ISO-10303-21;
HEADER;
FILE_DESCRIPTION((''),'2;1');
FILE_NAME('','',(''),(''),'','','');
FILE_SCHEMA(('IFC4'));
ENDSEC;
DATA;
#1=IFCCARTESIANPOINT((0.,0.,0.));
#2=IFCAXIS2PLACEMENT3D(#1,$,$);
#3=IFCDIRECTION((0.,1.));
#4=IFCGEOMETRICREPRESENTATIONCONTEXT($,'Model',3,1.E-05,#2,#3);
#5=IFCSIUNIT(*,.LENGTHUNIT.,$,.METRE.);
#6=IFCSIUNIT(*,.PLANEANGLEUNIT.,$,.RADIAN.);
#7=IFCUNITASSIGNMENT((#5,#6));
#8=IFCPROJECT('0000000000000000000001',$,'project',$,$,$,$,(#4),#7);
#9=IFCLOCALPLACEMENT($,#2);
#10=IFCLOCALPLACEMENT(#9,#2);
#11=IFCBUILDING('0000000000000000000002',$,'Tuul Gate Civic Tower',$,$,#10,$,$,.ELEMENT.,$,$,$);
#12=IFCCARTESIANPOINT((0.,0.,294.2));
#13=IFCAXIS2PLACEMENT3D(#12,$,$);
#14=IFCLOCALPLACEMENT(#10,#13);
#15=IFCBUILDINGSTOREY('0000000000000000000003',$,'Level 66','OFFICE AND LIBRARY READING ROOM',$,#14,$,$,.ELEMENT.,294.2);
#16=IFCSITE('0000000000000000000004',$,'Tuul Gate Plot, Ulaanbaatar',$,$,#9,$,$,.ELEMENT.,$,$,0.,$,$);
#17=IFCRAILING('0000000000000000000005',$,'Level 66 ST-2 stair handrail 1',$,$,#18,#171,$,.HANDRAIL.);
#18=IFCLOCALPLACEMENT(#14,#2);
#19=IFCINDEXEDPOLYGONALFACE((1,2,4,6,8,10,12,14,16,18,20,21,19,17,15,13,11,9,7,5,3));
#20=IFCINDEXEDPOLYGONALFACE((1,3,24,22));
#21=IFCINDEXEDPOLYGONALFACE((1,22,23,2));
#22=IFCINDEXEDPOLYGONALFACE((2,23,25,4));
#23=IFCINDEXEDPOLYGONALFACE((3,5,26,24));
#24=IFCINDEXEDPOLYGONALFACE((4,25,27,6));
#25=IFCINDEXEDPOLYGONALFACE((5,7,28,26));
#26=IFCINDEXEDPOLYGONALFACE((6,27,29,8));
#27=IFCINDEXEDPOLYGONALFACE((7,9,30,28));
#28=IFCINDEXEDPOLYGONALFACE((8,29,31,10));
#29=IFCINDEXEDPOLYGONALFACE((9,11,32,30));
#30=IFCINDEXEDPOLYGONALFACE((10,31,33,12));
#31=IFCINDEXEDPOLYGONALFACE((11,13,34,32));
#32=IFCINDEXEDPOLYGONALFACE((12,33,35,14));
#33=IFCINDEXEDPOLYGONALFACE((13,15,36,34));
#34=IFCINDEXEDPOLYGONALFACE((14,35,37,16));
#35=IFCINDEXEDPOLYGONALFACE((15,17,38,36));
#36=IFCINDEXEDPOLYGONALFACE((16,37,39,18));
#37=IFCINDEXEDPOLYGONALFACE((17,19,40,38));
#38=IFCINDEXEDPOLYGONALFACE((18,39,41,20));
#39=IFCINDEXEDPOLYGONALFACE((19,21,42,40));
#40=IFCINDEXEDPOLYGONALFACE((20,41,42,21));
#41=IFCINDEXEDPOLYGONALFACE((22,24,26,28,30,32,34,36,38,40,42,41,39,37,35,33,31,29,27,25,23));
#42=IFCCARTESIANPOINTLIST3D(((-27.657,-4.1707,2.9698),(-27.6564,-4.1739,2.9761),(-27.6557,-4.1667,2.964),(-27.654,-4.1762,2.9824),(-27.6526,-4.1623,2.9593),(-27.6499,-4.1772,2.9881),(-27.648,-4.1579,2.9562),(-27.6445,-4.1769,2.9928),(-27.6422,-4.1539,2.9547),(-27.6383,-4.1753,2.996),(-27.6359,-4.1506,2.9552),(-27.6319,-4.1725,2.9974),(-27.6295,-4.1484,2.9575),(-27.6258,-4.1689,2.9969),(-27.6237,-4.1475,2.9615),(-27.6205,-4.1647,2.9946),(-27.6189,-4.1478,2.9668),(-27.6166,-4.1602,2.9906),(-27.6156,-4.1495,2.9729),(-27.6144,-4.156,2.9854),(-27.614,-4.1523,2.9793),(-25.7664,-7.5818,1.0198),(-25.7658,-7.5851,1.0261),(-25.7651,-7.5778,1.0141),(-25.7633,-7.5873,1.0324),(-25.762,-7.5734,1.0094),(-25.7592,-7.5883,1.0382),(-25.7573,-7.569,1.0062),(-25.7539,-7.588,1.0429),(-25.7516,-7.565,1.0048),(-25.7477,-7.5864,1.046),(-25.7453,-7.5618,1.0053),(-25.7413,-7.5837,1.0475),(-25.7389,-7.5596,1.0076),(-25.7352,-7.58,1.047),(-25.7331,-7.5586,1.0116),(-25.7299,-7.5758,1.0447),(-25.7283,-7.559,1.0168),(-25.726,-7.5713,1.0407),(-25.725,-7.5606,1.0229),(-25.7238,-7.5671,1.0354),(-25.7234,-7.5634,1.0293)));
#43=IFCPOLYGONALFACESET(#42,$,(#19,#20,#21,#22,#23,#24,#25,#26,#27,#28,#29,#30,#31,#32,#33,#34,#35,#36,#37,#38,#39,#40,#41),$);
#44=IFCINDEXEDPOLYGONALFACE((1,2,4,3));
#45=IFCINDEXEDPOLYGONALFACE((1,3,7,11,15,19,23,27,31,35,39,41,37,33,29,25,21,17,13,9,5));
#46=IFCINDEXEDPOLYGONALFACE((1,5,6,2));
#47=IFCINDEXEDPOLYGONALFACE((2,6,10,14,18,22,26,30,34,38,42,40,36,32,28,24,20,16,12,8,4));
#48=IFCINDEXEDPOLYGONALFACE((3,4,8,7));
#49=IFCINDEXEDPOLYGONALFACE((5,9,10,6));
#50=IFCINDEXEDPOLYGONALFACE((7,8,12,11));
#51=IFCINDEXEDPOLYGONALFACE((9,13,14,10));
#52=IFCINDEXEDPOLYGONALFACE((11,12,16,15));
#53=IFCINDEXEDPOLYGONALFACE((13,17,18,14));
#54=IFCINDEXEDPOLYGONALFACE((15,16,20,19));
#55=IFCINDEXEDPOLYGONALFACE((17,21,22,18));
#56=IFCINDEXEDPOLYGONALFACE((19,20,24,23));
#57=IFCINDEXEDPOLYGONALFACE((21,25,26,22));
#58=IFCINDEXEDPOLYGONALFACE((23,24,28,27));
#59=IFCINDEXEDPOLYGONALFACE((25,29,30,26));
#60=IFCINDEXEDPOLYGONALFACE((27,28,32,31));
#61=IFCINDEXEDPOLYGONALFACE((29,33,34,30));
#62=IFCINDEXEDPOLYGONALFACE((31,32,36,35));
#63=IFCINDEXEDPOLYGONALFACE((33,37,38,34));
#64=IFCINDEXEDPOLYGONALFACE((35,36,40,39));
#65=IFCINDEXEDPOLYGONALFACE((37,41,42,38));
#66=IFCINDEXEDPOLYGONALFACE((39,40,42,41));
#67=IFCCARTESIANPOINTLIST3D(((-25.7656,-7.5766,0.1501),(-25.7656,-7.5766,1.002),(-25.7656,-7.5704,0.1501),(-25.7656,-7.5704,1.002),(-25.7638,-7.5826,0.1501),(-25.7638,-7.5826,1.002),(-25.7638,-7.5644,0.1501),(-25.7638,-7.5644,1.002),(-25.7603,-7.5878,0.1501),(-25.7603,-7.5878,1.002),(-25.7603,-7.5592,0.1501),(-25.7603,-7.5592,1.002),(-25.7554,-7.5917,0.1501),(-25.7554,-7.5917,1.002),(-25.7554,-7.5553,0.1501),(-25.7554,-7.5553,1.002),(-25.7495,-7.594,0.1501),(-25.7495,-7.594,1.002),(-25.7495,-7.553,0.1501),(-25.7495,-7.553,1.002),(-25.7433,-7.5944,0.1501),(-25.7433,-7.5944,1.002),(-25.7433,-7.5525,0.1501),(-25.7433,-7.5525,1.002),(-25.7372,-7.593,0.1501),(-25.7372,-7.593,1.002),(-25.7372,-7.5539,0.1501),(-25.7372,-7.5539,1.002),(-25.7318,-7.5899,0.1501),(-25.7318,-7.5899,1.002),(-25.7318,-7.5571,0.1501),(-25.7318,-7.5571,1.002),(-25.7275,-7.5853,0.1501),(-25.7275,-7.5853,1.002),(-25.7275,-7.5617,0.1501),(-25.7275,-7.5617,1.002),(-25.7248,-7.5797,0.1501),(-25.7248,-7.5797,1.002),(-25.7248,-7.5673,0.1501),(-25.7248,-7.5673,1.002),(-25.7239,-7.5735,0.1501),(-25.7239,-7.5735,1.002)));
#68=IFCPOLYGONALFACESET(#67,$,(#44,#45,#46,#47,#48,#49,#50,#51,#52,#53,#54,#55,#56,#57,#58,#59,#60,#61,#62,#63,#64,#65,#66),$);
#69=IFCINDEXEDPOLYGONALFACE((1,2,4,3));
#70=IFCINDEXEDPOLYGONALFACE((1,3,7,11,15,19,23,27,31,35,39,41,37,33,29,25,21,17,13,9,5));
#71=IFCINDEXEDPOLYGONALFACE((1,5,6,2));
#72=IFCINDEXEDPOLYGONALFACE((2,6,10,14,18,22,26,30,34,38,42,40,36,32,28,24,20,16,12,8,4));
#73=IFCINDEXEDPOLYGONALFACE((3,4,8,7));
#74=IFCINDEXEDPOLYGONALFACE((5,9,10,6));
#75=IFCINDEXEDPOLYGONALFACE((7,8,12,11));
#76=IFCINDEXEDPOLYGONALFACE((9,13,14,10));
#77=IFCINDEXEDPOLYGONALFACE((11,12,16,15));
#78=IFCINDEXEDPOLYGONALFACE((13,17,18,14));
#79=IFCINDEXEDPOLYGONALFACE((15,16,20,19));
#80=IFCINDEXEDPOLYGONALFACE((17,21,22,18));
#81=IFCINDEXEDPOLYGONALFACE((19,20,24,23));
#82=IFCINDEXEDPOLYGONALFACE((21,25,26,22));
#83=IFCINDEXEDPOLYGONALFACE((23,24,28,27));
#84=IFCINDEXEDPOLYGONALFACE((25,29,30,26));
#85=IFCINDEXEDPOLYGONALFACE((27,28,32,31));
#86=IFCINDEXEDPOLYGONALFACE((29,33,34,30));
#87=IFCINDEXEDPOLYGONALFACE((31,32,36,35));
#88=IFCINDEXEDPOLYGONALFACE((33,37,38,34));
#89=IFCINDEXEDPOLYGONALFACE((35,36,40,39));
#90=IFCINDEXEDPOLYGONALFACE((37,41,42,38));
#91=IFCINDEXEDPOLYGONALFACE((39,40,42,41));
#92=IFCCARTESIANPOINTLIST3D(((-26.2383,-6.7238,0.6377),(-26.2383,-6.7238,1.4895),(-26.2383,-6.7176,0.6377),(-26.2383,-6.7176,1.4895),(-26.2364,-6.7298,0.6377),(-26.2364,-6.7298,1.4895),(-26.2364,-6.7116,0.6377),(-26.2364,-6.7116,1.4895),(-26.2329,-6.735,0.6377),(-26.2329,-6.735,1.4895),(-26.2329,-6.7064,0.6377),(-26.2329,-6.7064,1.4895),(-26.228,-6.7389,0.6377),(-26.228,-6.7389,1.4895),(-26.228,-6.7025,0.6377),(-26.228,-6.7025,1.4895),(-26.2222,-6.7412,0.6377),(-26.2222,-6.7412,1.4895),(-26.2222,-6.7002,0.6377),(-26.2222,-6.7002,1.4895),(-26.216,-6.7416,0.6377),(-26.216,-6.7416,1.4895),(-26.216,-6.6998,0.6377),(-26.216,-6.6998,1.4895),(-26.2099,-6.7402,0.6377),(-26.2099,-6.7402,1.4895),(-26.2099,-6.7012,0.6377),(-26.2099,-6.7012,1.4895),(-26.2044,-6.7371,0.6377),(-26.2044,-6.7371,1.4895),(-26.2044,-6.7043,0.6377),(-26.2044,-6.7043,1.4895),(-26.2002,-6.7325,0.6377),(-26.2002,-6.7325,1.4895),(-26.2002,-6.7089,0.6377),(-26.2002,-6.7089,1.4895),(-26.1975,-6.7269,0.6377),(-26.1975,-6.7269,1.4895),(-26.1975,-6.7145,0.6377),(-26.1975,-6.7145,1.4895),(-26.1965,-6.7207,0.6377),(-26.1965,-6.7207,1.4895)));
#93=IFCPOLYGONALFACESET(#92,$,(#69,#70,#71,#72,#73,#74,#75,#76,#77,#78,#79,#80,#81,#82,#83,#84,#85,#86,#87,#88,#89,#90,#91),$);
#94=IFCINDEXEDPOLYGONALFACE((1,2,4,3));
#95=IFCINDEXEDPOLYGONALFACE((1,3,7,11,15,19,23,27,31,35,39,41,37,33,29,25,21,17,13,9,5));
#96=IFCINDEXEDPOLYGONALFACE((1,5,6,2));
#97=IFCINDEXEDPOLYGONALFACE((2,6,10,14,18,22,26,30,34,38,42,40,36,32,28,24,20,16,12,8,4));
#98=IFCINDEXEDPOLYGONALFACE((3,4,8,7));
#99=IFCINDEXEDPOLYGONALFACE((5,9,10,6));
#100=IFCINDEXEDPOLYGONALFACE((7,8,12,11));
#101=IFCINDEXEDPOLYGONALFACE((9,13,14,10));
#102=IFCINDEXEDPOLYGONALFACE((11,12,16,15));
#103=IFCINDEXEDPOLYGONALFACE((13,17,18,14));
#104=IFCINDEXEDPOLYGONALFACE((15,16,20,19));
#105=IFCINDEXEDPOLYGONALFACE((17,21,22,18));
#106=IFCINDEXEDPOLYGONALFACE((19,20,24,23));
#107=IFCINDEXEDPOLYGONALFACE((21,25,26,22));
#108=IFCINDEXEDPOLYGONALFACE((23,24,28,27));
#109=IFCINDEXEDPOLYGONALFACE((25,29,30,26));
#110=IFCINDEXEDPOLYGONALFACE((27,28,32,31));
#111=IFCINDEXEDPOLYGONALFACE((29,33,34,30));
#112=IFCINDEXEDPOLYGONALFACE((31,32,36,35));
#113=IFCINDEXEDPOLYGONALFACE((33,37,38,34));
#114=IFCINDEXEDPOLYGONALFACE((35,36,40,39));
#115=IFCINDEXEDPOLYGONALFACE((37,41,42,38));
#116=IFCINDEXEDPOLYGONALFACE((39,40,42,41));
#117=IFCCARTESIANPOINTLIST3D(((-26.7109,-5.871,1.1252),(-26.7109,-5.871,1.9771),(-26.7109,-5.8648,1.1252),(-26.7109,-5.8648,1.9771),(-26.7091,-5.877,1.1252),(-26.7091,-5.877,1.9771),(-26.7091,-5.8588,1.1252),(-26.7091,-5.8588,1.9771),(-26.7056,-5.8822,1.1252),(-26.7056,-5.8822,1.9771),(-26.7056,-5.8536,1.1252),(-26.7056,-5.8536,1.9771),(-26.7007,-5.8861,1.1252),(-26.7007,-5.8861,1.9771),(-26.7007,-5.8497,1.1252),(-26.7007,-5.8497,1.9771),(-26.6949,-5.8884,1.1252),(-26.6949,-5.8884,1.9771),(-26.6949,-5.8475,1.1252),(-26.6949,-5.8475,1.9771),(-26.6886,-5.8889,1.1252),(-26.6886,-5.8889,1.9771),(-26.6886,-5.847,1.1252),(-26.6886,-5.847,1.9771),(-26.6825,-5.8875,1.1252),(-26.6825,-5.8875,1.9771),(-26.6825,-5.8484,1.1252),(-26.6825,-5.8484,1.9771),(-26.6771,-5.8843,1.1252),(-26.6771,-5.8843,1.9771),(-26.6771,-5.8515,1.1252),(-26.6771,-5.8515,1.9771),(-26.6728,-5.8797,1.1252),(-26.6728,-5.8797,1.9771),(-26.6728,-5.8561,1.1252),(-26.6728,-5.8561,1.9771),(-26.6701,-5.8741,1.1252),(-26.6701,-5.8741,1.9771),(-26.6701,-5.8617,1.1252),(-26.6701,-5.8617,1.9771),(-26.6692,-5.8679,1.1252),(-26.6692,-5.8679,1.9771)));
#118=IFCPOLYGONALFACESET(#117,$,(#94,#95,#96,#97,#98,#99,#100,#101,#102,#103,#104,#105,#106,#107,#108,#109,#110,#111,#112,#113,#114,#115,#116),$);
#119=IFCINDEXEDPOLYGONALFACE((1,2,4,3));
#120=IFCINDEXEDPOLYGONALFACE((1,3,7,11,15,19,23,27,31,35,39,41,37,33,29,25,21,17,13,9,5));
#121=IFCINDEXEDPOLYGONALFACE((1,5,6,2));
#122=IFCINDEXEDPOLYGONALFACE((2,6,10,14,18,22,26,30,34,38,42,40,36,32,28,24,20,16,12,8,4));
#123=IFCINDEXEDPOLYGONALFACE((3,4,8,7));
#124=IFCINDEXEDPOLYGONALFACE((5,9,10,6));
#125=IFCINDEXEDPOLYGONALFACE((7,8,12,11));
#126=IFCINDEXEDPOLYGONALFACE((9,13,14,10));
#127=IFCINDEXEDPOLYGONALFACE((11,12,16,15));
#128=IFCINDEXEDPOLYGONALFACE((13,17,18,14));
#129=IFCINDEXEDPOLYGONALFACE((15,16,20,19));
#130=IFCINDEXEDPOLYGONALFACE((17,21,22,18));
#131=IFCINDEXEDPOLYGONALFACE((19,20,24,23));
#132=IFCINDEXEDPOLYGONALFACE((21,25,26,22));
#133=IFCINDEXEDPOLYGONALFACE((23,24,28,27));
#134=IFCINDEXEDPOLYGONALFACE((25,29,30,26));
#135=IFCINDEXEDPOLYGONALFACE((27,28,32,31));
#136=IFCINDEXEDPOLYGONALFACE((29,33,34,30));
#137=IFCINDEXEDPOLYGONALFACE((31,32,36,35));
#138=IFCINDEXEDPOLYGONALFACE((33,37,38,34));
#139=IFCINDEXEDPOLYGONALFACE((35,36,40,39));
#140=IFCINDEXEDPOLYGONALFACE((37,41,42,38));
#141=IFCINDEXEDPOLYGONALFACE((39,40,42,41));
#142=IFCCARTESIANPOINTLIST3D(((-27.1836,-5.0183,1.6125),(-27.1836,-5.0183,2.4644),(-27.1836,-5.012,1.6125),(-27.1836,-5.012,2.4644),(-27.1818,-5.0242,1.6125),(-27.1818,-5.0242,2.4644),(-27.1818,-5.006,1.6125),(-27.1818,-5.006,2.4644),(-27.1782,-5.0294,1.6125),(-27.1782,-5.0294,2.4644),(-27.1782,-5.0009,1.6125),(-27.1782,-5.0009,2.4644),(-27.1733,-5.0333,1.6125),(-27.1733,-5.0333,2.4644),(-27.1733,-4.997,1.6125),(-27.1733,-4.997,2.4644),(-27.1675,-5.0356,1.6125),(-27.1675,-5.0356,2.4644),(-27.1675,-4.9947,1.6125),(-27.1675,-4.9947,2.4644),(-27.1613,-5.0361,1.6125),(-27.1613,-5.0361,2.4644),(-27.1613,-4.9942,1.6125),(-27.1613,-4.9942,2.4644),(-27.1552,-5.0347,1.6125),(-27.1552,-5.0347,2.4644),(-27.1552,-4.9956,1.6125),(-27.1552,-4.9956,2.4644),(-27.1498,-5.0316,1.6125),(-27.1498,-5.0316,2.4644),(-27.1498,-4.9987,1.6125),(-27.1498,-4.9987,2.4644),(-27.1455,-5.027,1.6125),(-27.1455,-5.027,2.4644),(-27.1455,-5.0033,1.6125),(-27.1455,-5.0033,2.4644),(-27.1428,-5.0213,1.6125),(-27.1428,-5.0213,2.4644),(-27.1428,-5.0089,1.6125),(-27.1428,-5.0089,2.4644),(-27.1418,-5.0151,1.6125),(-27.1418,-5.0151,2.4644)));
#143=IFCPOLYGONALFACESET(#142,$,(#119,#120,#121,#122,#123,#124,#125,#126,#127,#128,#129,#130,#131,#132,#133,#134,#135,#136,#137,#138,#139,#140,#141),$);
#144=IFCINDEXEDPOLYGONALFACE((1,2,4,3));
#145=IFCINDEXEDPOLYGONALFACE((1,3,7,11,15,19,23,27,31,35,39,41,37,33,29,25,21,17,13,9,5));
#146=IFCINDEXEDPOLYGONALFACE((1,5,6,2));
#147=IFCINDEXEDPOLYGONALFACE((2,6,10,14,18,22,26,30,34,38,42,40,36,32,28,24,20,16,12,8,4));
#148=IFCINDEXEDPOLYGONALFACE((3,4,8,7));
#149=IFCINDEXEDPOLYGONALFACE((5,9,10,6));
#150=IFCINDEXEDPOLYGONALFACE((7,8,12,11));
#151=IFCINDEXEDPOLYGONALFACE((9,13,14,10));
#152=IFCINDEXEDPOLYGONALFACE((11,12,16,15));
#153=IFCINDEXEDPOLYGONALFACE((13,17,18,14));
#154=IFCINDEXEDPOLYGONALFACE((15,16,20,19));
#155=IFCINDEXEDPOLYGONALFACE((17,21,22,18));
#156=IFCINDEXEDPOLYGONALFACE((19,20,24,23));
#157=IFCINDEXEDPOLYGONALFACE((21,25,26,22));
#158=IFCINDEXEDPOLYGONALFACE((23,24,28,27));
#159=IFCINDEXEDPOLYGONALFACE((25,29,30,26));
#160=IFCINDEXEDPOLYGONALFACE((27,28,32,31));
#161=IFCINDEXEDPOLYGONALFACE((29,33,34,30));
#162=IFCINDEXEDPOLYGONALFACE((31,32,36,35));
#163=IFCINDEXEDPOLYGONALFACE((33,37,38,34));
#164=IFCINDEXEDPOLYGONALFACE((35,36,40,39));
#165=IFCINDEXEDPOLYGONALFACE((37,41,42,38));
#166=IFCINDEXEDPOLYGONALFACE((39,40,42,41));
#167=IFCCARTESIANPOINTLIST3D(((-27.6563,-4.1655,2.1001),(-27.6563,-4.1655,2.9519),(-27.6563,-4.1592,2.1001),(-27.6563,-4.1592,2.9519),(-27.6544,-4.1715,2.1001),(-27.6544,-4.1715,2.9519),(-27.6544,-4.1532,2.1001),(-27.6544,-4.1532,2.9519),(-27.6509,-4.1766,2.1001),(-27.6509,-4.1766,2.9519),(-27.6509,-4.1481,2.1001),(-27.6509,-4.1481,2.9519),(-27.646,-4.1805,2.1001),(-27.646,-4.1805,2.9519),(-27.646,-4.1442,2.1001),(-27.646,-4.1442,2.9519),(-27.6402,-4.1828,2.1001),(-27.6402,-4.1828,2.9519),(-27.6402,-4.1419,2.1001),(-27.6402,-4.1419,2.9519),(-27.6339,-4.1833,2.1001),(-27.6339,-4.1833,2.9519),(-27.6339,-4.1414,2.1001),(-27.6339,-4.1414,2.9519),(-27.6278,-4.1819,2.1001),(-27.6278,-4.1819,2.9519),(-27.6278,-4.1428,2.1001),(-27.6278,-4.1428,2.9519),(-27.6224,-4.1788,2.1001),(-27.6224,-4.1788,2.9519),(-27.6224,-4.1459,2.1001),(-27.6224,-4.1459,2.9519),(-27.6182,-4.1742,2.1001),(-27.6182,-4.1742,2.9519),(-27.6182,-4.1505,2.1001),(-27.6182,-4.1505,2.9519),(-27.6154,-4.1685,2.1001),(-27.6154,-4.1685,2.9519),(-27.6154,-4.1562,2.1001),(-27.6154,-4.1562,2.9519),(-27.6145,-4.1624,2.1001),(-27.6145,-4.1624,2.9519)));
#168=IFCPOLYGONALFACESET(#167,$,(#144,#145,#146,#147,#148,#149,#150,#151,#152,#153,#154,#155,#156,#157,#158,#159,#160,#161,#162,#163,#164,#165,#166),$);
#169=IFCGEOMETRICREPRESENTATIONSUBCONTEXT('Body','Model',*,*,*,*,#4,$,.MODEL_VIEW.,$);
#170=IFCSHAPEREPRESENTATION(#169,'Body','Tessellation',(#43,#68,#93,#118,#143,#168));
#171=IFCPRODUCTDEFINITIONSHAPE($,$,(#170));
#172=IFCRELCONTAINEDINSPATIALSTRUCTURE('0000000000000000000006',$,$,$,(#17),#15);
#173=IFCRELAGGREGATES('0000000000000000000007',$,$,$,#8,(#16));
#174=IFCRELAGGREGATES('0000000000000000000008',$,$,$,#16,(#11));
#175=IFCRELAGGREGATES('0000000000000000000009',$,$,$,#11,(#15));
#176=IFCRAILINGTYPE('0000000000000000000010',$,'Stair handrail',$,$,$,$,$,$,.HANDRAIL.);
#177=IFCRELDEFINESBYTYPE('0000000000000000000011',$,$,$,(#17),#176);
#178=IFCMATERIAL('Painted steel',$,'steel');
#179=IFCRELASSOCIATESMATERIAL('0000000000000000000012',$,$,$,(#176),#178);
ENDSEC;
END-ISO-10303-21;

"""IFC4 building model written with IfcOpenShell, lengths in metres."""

from ifc_helpers import new_model, si_unit, direction, frame, origin, origin_2d, place, context, subcontext, project, spatial, circle, extrude, material, type_object, element, save


model = new_model("IFC4")

# Units and contexts
model_context = context("Model", 3, precision=1e-05, world=origin(), true_north=direction((0.0, 1.0)))
body_context = subcontext(model_context, "Body", "Model", "MODEL_VIEW")
ifc_project = project(units=[si_unit("LENGTHUNIT", "METRE"), si_unit("PLANEANGLEUNIT", "RADIAN")], contexts=[model_context])

# Site, building, storey
site_placement = place(None, origin())
site = spatial("IfcSite", under=ifc_project, at=site_placement, Name="Tuul Gate Plot, Ulaanbaatar", CompositionType="ELEMENT", RefElevation=0.0)
building_placement = place(site_placement, origin())
building = spatial("IfcBuilding", under=site, at=building_placement, Name="Tuul Gate Civic Tower", CompositionType="ELEMENT")
storey_placement = place(building_placement, frame((0.0, 0.0, 294.2)))
storey = spatial("IfcBuildingStorey", under=building, at=storey_placement, Name="Level 66", Description="OFFICE AND LIBRARY READING ROOM", CompositionType="ELEMENT", Elevation=294.2)

# Railing
ifc_material_1 = material(Name="Painted steel", Category="steel")
railing_type_1 = type_object("IfcRailingType", Name="Stair handrail", PredefinedType="HANDRAIL", material=ifc_material_1)
railing_1_placement = place(storey_placement, frame((-25.7449, -7.5735, 0.1501)))
element("IfcRailing", 1, at=railing_1_placement, inside=storey, type_object=railing_type_1, Name="Level 66 ST-2 stair handrail 1", PredefinedType="HANDRAIL", context=body_context, shape_type="SweptSolid", body=[
    extrude(circle(Radius=0.0239, at=origin_2d()), frame((0.0, 0.0, 0.876), z_axis=(-0.433595, 0.782308, 0.447201), x_axis=(-0.874641, -0.484771, 0.0)), (0.0, 0.0, 1.0), 4.3604),
    extrude(circle(Radius=0.021, at=origin_2d()), origin(), (0.0, 0.0, 1.0), 0.8518),
    extrude(circle(Radius=0.021, at=origin_2d()), frame((-0.4727, 0.8528, 0.4875)), (0.0, 0.0, 1.0), 0.8518),
    extrude(circle(Radius=0.021, at=origin_2d()), frame((-0.9453, 1.7056, 0.9751)), (0.0, 0.0, 1.0), 0.8518),
    extrude(circle(Radius=0.021, at=origin_2d()), frame((-1.418, 2.5583, 1.4624)), (0.0, 0.0, 1.0), 0.8518),
    extrude(circle(Radius=0.021, at=origin_2d()), frame((-1.8906, 3.4111, 1.95)), (0.0, 0.0, 1.0), 0.8518),
])

save(model, "model.ifc")
